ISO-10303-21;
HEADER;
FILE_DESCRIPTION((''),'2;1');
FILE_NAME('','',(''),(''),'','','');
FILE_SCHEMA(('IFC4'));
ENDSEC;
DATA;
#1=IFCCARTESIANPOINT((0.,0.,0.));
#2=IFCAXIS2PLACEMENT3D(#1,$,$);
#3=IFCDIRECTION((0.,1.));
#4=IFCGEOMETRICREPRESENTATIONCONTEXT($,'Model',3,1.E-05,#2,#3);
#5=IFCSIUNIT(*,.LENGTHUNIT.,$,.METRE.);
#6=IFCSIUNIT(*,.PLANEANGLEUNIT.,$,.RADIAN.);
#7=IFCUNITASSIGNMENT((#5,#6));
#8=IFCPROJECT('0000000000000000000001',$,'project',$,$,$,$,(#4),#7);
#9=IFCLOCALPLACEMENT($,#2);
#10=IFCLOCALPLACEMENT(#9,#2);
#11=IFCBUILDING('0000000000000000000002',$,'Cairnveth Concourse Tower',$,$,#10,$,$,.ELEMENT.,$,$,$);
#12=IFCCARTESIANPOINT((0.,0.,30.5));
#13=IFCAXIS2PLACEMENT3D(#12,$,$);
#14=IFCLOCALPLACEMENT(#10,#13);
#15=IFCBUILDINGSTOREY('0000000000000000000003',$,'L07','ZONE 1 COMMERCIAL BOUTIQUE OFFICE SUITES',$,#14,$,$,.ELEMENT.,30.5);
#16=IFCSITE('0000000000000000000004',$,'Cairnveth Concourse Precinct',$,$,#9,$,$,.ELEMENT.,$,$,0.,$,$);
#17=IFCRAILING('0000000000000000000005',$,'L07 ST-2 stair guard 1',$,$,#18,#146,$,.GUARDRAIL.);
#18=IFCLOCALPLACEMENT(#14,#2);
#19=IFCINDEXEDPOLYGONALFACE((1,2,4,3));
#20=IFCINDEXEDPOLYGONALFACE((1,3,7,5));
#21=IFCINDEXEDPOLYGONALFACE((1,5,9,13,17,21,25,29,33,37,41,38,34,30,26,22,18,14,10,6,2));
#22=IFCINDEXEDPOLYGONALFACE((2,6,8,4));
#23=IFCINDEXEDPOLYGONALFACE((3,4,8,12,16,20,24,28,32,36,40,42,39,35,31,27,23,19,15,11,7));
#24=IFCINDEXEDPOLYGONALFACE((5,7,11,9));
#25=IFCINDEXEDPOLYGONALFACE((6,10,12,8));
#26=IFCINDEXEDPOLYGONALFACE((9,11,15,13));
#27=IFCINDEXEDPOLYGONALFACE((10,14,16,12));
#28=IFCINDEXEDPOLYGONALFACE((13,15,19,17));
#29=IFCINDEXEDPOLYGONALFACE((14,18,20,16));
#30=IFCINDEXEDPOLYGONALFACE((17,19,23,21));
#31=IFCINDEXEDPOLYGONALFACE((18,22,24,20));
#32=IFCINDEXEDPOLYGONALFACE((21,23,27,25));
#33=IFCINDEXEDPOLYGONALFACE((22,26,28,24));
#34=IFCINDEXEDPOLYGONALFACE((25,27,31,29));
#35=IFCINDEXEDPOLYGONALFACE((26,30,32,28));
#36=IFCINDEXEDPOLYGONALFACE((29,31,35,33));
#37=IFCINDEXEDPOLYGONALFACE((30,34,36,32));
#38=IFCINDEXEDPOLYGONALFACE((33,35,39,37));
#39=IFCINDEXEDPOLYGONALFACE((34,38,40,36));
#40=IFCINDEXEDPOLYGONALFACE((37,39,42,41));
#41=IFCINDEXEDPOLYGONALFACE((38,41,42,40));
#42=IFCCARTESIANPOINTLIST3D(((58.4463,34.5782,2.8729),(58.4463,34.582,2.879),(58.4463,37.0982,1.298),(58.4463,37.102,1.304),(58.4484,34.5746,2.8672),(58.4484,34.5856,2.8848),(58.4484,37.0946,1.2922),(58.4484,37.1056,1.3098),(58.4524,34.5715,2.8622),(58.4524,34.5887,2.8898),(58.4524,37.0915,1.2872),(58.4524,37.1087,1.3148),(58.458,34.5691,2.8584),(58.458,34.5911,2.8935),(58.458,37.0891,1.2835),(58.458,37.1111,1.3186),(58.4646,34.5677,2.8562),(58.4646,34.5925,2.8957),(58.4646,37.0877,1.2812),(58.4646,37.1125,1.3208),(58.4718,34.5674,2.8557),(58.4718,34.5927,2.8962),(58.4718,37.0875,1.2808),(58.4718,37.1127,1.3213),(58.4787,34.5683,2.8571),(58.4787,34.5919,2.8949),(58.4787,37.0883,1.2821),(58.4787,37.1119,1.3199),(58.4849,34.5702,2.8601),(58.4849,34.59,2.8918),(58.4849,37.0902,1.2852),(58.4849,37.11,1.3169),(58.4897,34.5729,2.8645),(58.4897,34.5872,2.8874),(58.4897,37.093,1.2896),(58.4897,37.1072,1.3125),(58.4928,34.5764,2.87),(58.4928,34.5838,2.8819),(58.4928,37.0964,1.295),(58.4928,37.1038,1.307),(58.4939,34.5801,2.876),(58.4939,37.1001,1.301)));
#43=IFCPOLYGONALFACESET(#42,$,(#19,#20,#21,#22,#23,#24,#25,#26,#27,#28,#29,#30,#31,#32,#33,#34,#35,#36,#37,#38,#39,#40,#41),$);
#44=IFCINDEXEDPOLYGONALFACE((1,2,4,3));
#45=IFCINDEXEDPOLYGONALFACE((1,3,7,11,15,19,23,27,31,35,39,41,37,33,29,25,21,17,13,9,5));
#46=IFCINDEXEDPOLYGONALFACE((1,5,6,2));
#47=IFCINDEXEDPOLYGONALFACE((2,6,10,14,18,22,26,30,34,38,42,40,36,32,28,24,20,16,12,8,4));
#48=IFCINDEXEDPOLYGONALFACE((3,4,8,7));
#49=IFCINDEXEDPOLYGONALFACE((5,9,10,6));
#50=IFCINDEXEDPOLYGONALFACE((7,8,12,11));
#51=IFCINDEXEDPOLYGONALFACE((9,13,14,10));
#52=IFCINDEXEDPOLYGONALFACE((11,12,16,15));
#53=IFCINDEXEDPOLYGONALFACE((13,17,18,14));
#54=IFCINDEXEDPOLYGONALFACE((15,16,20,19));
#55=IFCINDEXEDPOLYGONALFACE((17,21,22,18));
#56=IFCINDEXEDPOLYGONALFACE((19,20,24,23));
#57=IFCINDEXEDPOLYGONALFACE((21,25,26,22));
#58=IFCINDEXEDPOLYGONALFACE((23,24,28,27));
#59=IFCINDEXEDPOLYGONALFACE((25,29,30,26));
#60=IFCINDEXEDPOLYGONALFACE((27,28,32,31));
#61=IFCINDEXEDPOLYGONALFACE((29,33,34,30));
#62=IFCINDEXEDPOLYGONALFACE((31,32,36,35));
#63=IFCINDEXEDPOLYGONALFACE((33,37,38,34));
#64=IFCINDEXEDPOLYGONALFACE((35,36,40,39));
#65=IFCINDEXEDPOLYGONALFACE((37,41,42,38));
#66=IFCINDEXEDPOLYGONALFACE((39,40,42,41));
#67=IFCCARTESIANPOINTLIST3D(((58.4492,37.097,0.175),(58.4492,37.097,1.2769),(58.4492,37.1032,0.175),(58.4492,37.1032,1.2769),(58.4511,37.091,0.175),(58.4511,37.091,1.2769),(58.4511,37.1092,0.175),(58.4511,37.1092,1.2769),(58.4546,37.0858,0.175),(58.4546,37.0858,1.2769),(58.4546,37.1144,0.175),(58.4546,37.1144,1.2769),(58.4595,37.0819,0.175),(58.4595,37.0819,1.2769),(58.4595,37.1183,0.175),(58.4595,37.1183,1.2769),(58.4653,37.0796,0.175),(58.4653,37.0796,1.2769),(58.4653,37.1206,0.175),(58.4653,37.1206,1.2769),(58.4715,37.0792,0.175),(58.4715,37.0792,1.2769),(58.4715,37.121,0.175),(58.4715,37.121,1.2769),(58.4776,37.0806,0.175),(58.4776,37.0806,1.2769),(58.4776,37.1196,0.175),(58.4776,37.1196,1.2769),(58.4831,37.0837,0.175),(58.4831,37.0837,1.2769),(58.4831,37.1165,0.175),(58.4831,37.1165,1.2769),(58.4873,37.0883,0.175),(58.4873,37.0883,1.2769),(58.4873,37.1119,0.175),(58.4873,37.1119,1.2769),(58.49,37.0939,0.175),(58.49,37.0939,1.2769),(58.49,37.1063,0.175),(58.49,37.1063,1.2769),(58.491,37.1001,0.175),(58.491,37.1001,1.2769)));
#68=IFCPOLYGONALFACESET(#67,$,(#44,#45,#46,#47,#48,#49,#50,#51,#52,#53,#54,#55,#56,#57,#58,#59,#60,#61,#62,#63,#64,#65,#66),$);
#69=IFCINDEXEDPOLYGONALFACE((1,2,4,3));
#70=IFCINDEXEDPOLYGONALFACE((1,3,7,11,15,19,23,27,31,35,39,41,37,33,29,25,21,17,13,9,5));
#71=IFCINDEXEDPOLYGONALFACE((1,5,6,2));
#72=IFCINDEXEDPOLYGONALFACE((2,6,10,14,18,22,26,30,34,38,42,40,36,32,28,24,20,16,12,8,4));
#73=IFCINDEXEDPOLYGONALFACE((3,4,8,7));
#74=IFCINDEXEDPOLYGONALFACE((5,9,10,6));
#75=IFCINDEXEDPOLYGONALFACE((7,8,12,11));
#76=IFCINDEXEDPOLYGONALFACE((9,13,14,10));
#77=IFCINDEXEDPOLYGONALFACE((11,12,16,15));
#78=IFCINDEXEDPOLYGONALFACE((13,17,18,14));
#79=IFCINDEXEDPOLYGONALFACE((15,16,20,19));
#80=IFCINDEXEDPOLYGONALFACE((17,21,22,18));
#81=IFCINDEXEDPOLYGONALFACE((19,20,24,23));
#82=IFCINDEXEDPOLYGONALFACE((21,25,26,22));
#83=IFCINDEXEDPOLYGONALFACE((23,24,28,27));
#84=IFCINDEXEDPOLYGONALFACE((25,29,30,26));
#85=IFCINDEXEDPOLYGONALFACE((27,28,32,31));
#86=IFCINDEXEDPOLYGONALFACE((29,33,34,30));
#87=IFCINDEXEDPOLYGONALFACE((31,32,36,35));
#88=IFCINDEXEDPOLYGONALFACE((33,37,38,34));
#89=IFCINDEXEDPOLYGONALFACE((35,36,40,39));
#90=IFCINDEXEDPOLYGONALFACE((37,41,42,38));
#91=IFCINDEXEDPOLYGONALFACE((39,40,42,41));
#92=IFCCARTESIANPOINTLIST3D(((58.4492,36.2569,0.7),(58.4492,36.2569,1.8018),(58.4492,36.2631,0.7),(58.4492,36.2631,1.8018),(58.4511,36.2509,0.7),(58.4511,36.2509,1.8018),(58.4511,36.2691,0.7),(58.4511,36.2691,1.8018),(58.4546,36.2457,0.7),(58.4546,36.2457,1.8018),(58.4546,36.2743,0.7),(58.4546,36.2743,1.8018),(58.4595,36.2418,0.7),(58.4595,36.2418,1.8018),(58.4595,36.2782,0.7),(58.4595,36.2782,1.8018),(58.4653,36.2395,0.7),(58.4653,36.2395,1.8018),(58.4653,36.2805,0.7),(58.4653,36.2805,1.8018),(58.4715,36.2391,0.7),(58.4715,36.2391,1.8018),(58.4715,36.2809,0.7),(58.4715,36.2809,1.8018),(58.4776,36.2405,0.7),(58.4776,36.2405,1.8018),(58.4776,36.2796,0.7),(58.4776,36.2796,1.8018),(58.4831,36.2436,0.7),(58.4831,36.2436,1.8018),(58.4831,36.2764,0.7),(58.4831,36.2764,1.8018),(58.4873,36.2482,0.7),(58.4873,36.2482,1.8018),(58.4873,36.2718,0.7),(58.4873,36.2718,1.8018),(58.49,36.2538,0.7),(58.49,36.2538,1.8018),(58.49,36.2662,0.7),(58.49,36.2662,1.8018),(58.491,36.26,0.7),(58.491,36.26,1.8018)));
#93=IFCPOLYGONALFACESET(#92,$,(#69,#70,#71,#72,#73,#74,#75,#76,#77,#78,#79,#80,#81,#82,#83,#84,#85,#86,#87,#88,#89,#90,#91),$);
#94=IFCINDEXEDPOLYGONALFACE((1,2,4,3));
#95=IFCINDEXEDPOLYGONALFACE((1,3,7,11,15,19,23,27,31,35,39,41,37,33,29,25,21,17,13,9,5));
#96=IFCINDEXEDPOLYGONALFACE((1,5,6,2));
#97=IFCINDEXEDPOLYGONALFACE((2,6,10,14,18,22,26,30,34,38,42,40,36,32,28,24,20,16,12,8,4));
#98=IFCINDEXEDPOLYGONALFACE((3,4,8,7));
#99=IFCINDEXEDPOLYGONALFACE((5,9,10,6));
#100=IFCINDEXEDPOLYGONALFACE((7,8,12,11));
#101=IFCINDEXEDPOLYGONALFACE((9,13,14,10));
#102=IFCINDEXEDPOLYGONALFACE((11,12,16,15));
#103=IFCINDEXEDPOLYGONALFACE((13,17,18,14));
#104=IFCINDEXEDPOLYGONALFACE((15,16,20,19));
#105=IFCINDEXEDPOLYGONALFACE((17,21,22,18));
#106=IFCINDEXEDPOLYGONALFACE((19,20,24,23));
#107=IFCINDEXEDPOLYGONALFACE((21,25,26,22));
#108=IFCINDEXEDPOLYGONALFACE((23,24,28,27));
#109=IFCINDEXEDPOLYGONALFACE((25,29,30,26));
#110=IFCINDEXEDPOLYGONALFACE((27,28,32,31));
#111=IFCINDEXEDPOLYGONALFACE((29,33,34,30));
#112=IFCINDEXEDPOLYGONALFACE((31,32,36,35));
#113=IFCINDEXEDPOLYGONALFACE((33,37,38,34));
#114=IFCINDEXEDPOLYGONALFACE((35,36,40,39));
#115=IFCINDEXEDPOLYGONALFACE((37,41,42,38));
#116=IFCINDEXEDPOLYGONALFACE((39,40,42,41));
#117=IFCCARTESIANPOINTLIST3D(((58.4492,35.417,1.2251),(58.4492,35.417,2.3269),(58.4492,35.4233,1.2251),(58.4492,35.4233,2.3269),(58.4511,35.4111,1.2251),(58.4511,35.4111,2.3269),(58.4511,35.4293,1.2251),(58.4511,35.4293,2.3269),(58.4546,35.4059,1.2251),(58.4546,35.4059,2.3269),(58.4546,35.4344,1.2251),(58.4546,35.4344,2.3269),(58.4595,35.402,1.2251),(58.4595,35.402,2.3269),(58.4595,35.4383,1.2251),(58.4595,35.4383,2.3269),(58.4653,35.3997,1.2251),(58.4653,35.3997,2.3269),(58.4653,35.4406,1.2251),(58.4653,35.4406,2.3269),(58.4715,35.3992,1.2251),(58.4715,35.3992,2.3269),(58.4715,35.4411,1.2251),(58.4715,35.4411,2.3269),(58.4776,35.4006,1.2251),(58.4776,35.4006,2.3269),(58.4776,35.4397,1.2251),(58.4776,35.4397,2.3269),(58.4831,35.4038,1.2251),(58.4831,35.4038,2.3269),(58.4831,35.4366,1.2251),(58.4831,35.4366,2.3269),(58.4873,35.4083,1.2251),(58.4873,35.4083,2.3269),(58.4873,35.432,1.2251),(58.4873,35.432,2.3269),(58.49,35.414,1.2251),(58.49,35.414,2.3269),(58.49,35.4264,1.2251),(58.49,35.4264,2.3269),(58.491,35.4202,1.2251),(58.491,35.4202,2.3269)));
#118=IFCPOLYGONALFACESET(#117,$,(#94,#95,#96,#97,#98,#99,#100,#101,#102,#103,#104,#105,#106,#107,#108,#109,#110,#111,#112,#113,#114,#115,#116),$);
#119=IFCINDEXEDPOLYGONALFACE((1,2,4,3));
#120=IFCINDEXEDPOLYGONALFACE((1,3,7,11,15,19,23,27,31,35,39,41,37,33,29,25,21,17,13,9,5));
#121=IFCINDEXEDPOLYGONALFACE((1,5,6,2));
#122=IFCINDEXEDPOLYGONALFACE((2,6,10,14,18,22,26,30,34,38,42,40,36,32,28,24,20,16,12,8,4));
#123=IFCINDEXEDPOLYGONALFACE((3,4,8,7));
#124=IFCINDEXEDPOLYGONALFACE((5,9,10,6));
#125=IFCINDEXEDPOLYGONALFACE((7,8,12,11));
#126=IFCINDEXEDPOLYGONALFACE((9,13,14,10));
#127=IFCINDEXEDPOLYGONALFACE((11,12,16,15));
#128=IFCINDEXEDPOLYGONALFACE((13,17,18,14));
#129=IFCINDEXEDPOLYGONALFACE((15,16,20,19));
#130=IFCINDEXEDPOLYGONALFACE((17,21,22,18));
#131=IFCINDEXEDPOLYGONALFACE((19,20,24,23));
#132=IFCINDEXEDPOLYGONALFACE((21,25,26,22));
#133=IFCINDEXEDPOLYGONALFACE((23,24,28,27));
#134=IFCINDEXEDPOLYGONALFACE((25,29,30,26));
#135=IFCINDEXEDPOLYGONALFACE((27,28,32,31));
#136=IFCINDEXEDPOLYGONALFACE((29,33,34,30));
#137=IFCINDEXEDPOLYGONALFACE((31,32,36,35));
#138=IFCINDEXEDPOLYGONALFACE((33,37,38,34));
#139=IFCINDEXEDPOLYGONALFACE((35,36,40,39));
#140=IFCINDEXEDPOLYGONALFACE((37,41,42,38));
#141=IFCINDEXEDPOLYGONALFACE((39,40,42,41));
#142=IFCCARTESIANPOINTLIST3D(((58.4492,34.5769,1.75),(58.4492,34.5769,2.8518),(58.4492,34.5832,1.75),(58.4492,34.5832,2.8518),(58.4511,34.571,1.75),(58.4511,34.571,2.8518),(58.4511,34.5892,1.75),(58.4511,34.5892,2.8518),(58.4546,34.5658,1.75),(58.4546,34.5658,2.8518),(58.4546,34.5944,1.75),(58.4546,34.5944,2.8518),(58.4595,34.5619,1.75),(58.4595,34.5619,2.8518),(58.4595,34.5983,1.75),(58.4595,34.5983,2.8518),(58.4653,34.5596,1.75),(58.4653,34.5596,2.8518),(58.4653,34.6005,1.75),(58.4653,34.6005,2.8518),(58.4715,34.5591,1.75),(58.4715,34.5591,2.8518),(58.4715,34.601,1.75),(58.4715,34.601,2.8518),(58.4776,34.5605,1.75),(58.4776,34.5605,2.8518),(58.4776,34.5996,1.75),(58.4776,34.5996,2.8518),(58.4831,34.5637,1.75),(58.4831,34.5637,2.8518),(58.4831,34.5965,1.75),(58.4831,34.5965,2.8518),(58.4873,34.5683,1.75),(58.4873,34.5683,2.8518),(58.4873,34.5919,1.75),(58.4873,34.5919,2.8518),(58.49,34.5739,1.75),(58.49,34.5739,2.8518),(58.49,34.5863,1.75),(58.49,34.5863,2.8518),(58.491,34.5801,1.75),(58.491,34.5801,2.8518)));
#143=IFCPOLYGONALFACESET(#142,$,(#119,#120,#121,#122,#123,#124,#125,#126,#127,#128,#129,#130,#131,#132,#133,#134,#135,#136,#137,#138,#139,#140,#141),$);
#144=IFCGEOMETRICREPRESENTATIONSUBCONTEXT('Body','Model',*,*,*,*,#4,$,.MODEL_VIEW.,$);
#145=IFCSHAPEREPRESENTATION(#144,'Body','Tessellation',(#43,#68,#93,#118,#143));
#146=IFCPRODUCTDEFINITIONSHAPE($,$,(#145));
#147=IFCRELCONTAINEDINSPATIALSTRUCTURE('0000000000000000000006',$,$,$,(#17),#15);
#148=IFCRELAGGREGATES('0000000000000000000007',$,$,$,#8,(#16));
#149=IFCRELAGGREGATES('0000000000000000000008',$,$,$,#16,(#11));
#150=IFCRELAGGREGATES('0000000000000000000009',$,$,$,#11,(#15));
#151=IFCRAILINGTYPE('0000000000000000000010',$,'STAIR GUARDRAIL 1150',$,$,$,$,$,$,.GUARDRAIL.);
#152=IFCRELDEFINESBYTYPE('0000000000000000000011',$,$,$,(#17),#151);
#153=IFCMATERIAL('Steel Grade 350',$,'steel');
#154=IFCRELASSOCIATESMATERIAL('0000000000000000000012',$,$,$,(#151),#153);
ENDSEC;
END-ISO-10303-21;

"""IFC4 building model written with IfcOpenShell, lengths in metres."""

from ifc_helpers import new_model, si_unit, direction, frame, origin, origin_2d, place, context, subcontext, project, spatial, circle, extrude, material, type_object, element, save


model = new_model("IFC4")

# Units and contexts
model_context = context("Model", 3, precision=1e-05, world=origin(), true_north=direction((0.0, 1.0)))
body_context = subcontext(model_context, "Body", "Model", "MODEL_VIEW")
ifc_project = project(units=[si_unit("LENGTHUNIT", "METRE"), si_unit("PLANEANGLEUNIT", "RADIAN")], contexts=[model_context])

# Site, building, storey
site_placement = place(None, origin())
site = spatial("IfcSite", under=ifc_project, at=site_placement, Name="Cairnveth Concourse Precinct", CompositionType="ELEMENT", RefElevation=0.0)
building_placement = place(site_placement, origin())
building = spatial("IfcBuilding", under=site, at=building_placement, Name="Cairnveth Concourse Tower", CompositionType="ELEMENT")
storey_placement = place(building_placement, frame((0.0, 0.0, 30.5)))
storey = spatial("IfcBuildingStorey", under=building, at=storey_placement, Name="L07", Description="ZONE 1 COMMERCIAL BOUTIQUE OFFICE SUITES", CompositionType="ELEMENT", Elevation=30.5)

# Shared definitions
ifc_material_1 = material(Name="Steel Grade 350", Category="steel")

# Railing
railing_type_1 = type_object("IfcRailingType", Name="STAIR GUARDRAIL 1150", PredefinedType="GUARDRAIL", material=ifc_material_1)
railing_1_placement = place(storey_placement, frame((58.47, 37.1001, 0.175)))
element("IfcRailing", 1, at=railing_1_placement, inside=storey, type_object=railing_type_1, Name="L07 ST-2 stair guard 1", PredefinedType="GUARDRAIL", context=body_context, shape_type="SweptSolid", body=[
    extrude(circle(Radius=0.0239, at=origin_2d()), frame((0.0, 0.0, 1.126), z_axis=(0.0, -0.848008, 0.529984), x_axis=(1.0, 0.0, 0.0)), (0.0, 0.0, 1.0), 2.9717),
    extrude(circle(Radius=0.021, at=origin_2d()), origin(), (0.0, 0.0, 1.0), 1.1018),
    extrude(circle(Radius=0.021, at=origin_2d()), frame((0.0, -0.8401, 0.5249)), (0.0, 0.0, 1.0), 1.1018),
    extrude(circle(Radius=0.021, at=origin_2d()), frame((0.0, -1.6799, 1.05)), (0.0, 0.0, 1.0), 1.1018),
    extrude(circle(Radius=0.021, at=origin_2d()), frame((0.0, -2.52, 1.575)), (0.0, 0.0, 1.0), 1.1018),
])

save(model, "model.ifc")
